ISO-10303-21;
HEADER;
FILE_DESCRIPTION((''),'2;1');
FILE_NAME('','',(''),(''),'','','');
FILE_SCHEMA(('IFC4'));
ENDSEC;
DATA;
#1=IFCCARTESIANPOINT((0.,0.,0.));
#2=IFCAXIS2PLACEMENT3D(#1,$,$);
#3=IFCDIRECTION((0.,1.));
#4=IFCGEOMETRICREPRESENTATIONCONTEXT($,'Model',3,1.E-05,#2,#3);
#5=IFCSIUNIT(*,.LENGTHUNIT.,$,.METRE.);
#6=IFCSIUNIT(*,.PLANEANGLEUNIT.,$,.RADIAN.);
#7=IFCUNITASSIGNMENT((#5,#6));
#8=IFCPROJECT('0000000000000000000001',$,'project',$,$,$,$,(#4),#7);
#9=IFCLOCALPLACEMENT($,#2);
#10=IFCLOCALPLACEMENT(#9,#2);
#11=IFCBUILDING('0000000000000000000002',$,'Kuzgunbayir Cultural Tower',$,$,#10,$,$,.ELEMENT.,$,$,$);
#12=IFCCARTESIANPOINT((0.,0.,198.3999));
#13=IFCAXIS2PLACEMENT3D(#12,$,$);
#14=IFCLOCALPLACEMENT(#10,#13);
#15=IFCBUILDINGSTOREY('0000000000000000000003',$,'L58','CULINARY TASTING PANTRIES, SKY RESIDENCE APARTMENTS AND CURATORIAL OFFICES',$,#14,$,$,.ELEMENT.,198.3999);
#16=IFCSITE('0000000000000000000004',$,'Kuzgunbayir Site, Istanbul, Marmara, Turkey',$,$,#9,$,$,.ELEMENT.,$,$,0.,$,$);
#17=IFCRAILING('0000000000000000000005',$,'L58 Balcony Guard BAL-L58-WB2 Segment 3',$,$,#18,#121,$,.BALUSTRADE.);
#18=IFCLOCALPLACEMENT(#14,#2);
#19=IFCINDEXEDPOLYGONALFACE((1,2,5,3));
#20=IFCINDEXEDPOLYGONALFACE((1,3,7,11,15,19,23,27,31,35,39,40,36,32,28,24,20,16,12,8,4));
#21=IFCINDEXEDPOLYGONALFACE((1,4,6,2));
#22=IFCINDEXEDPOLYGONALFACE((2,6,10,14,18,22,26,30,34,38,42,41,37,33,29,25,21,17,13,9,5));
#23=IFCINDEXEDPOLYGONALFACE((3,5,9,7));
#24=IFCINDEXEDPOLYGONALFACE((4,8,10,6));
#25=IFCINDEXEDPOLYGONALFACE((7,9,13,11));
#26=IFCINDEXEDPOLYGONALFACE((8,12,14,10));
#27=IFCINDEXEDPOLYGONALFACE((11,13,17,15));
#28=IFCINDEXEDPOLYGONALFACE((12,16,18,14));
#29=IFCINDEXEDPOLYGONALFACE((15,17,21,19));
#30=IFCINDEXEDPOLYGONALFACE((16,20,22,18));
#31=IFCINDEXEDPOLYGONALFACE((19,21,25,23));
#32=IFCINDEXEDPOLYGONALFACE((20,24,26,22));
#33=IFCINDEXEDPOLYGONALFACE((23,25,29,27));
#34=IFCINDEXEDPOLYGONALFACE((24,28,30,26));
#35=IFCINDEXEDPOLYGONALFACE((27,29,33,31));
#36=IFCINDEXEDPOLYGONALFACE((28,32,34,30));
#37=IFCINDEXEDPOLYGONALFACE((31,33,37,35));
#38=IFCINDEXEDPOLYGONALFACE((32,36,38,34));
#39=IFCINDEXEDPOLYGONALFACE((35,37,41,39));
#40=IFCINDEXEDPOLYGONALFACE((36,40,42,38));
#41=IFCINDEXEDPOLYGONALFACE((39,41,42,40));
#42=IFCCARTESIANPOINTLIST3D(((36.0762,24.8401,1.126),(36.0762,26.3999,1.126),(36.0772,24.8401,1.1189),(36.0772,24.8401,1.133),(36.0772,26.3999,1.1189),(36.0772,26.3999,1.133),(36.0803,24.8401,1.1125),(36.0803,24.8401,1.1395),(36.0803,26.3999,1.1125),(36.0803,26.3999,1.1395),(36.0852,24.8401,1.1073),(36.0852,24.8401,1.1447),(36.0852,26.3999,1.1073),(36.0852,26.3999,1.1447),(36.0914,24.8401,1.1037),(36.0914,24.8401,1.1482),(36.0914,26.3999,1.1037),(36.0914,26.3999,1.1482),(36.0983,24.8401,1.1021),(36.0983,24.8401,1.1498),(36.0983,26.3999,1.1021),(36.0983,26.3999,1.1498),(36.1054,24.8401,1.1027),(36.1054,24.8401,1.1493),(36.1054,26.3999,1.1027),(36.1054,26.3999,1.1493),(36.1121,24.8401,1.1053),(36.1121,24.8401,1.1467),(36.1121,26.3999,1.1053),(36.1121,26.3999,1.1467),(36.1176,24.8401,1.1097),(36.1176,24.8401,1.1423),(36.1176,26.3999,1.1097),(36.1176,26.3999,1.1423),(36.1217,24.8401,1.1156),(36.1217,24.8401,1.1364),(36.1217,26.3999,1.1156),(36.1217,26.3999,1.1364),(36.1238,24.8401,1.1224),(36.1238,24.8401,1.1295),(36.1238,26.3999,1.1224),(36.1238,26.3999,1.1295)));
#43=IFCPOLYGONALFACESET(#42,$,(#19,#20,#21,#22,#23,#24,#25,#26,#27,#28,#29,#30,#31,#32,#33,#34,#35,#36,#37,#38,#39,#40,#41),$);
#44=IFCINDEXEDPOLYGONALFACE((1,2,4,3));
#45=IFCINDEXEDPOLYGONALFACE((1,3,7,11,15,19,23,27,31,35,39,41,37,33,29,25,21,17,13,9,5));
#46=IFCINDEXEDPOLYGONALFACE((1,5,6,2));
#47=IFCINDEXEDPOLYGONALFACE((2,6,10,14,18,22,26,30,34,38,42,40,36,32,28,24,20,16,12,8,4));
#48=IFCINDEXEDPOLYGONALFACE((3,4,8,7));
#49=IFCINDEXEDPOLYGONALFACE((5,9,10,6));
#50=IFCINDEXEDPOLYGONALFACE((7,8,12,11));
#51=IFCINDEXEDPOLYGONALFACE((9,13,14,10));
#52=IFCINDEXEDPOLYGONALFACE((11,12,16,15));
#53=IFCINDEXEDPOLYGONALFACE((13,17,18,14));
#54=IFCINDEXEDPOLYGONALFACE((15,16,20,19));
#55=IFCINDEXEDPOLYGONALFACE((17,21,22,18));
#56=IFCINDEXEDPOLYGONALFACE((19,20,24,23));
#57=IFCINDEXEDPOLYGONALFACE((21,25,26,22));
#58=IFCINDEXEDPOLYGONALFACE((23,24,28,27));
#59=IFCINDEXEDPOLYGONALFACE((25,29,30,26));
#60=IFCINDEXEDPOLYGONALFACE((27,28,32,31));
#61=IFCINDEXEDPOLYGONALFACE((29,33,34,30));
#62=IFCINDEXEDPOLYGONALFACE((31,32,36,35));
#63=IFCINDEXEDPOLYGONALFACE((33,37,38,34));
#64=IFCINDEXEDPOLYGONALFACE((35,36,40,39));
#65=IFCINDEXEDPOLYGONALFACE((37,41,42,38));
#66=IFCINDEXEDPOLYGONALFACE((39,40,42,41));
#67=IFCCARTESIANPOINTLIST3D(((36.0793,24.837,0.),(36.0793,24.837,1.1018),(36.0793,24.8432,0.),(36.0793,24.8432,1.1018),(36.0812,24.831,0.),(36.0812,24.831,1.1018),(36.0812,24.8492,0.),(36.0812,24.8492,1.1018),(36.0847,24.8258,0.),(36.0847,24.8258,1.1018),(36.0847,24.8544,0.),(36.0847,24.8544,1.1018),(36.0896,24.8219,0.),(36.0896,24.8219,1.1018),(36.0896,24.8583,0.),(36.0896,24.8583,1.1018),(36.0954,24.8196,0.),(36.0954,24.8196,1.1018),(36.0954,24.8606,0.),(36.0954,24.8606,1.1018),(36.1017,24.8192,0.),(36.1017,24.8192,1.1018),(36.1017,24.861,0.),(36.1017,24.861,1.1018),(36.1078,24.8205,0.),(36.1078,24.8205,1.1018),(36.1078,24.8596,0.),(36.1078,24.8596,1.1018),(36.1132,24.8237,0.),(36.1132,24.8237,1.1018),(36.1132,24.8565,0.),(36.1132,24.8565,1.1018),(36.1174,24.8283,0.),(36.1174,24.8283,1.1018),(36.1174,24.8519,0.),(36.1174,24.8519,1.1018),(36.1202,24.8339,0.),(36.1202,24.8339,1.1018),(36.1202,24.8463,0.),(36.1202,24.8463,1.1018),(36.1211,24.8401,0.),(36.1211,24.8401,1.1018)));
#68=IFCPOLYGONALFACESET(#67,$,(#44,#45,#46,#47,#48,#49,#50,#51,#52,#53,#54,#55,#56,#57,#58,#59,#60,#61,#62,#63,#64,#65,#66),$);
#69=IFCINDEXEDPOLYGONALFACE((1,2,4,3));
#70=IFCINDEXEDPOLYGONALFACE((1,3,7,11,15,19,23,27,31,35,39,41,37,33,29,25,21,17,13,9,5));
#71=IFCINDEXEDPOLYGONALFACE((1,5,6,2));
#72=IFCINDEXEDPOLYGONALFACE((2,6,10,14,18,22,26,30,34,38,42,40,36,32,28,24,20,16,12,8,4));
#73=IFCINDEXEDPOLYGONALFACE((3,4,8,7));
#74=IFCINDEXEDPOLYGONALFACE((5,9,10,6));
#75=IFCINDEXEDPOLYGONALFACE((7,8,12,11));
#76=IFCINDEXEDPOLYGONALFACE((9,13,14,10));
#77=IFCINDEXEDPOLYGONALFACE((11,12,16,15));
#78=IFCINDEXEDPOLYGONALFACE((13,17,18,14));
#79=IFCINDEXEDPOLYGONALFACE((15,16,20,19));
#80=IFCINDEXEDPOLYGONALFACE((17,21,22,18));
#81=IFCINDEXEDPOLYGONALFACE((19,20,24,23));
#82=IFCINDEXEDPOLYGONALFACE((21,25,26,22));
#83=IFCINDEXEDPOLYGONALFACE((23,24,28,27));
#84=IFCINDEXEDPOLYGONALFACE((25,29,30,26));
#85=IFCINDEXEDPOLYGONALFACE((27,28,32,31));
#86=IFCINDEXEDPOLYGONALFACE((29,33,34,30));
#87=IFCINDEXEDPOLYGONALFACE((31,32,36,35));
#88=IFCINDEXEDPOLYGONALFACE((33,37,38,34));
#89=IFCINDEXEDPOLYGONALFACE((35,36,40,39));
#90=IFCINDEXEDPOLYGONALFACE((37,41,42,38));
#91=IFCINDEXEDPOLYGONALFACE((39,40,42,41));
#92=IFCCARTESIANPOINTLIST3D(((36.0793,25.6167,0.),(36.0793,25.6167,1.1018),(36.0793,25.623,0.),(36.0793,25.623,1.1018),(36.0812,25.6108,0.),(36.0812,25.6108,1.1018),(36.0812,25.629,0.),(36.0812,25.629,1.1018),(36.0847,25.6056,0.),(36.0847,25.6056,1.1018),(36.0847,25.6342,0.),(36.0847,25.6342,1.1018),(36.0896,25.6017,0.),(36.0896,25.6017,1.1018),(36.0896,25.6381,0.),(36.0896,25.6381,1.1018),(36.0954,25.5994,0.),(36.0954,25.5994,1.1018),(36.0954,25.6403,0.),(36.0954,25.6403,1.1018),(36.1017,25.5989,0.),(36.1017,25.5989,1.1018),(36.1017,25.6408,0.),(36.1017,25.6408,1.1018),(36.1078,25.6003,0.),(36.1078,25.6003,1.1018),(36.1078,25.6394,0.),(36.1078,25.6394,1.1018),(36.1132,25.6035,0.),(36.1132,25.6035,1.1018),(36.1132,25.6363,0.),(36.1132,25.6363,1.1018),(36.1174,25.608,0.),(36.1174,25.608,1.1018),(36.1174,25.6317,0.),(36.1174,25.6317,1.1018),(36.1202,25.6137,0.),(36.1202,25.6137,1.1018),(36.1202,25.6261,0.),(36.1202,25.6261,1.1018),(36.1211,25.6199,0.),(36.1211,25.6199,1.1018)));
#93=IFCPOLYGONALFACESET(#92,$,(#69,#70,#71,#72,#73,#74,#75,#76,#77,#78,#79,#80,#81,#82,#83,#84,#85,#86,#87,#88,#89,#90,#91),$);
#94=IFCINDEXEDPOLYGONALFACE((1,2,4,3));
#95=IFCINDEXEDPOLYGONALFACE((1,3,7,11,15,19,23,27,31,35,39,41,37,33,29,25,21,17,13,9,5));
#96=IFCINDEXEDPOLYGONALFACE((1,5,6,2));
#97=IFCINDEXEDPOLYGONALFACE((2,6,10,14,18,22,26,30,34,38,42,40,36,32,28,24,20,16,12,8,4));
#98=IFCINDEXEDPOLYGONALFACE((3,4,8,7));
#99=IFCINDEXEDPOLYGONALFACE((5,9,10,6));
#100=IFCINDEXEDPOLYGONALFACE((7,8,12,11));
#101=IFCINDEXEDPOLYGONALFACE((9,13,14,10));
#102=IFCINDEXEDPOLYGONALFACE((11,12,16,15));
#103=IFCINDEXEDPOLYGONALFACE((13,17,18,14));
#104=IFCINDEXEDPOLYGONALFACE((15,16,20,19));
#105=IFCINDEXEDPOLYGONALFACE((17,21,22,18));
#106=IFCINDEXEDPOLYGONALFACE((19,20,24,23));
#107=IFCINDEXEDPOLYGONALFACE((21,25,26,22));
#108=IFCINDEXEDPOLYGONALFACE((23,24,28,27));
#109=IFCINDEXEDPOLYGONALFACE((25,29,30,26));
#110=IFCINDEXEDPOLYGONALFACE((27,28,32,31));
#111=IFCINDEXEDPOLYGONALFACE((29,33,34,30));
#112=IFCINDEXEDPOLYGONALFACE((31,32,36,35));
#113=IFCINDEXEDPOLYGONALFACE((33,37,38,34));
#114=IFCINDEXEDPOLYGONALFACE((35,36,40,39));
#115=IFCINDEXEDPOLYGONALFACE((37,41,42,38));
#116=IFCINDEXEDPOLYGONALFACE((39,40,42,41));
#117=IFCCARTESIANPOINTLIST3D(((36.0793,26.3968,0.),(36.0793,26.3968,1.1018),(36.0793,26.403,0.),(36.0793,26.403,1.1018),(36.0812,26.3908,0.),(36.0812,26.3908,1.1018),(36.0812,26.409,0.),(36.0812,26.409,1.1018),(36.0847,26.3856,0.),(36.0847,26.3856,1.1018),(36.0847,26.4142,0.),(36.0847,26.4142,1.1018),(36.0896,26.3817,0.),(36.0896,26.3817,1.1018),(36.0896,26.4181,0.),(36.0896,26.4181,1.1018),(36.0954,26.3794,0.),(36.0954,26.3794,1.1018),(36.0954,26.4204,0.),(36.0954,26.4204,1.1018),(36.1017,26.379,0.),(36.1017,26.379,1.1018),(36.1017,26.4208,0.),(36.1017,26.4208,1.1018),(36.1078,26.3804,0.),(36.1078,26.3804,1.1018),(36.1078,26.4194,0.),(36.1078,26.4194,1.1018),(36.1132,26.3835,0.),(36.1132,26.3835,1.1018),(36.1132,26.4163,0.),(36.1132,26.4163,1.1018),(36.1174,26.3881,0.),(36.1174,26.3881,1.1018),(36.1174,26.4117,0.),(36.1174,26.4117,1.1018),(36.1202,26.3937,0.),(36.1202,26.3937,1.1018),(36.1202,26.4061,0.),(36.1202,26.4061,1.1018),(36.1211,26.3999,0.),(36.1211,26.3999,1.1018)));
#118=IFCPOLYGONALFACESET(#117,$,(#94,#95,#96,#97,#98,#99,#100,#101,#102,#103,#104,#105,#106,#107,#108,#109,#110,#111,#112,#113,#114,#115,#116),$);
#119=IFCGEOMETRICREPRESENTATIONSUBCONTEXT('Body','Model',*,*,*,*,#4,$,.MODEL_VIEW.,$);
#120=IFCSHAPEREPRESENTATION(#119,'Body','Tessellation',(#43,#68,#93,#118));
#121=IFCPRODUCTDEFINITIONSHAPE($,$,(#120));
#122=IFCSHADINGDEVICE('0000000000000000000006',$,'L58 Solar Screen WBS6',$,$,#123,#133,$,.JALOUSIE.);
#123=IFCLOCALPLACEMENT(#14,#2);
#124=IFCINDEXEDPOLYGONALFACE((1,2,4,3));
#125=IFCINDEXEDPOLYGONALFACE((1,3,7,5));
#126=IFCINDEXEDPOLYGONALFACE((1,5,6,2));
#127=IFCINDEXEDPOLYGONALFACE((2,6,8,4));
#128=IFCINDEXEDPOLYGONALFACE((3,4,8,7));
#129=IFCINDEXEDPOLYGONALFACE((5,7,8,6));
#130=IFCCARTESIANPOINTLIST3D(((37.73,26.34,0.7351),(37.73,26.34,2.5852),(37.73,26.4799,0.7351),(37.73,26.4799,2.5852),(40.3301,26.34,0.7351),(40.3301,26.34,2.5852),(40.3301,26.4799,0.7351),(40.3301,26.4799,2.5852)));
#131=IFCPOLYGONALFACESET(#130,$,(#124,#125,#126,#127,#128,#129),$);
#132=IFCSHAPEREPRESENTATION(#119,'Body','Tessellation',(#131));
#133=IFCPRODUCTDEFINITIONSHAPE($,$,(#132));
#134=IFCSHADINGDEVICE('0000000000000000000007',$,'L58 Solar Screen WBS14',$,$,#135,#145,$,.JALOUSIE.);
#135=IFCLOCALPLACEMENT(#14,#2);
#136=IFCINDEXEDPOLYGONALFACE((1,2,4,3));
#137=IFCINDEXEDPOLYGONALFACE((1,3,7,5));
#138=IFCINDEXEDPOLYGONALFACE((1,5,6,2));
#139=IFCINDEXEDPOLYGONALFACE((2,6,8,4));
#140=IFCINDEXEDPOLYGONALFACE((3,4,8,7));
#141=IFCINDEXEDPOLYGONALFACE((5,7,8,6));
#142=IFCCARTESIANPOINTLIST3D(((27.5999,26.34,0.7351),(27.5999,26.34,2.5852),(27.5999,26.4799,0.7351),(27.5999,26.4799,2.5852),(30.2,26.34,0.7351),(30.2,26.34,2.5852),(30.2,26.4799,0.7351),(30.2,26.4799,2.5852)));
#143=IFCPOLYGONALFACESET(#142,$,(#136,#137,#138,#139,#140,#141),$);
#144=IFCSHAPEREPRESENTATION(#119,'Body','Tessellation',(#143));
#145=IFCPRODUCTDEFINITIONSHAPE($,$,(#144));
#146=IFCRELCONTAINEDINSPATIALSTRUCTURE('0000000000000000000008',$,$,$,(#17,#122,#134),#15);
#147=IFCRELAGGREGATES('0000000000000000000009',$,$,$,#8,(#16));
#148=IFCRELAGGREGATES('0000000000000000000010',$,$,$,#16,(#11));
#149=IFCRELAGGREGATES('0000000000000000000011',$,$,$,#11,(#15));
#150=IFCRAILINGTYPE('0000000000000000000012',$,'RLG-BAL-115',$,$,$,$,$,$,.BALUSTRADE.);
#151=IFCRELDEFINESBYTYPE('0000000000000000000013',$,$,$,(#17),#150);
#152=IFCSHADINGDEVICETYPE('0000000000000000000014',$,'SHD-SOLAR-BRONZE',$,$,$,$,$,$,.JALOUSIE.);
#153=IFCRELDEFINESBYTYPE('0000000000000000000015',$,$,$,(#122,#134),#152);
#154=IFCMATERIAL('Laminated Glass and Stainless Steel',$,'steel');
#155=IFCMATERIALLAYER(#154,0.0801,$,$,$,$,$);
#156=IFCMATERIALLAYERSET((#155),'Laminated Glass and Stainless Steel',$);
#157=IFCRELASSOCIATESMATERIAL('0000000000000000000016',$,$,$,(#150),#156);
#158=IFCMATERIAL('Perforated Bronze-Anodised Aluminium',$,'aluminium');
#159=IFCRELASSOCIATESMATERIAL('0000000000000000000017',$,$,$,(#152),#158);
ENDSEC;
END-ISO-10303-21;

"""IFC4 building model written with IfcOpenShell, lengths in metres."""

from ifc_helpers import new_model, si_unit, direction, frame, origin, origin_2d, place, context, subcontext, project, spatial, rectangle, circle, extrude, material, layer, layer_set, type_object, element, save


model = new_model("IFC4")

# Units and contexts
model_context = context("Model", 3, precision=1e-05, world=origin(), true_north=direction((0.0, 1.0)))
body_context = subcontext(model_context, "Body", "Model", "MODEL_VIEW")
ifc_project = project(units=[si_unit("LENGTHUNIT", "METRE"), si_unit("PLANEANGLEUNIT", "RADIAN")], contexts=[model_context])

# Site, building, storey
site_placement = place(None, origin())
site = spatial("IfcSite", under=ifc_project, at=site_placement, Name="Kuzgunbayir Site, Istanbul, Marmara, Turkey", CompositionType="ELEMENT", RefElevation=0.0)
building_placement = place(site_placement, origin())
building = spatial("IfcBuilding", under=site, at=building_placement, Name="Kuzgunbayir Cultural Tower", CompositionType="ELEMENT")
storey_placement = place(building_placement, frame((0.0, 0.0, 198.3999)))
storey = spatial("IfcBuildingStorey", under=building, at=storey_placement, Name="L58", Description="CULINARY TASTING PANTRIES, SKY RESIDENCE APARTMENTS AND CURATORIAL OFFICES", CompositionType="ELEMENT", Elevation=198.3999)

# Railing
ifc_material_1 = material(Name="Laminated Glass and Stainless Steel", Category="steel")
ifc_layer_1 = layer(ifc_material_1, 0.0801)
ifc_layer_set_1 = layer_set([ifc_layer_1], Name="Laminated Glass and Stainless Steel")
railing_type = type_object("IfcRailingType", Name="RLG-BAL-115", PredefinedType="BALUSTRADE", material=ifc_layer_set_1)
railing_1_placement = place(storey_placement, frame((36.1001, 24.8401, 0.0)))
element("IfcRailing", 1, at=railing_1_placement, inside=storey, type_object=railing_type, Name="L58 Balcony Guard BAL-L58-WB2 Segment 3", PredefinedType="BALUSTRADE", context=body_context, shape_type="SweptSolid", body=[
    extrude(circle(Radius=0.0239, at=origin_2d()), frame((0.0, 0.0, 1.126), z_axis=(0.0, 1.0, 0.0), x_axis=(-1.0, 0.0, 0.0)), (0.0, 0.0, 1.0), 1.5598),
    extrude(circle(Radius=0.021, at=origin_2d()), origin(), (0.0, 0.0, 1.0), 1.1018),
    extrude(circle(Radius=0.021, at=origin_2d()), frame((0.0, 0.7798, 0.0)), (0.0, 0.0, 1.0), 1.1018),
    extrude(circle(Radius=0.021, at=origin_2d()), frame((0.0, 1.5598, 0.0)), (0.0, 0.0, 1.0), 1.1018),
])

# Shading devices
ifc_material_2 = material(Name="Perforated Bronze-Anodised Aluminium", Category="aluminium")
shading_device_type = type_object("IfcShadingDeviceType", Name="SHD-SOLAR-BRONZE", PredefinedType="JALOUSIE", material=ifc_material_2)
for number, where, z_axis, x_axis, name in (
    (2, (39.03, 26.4099, 0.7351), (0.0, 0.0, 1.0), (1.0, 0.0, 0.0), "L58 Solar Screen WBS6"),
    (3, (28.8999, 26.4099, 0.7351), (0.0, 0.0, 1.0), (1.0, 0.0, 0.0), "L58 Solar Screen WBS14"),
):
    element("IfcShadingDevice", number, at=place(storey_placement, frame(where, z_axis=z_axis, x_axis=x_axis)), inside=storey, type_object=shading_device_type, Name=name, PredefinedType="JALOUSIE", context=body_context, shape_type="SweptSolid", body=[
        extrude(rectangle(XDim=2.6001, YDim=0.1399, at=origin_2d()), origin(), (0.0, 0.0, 1.0), 1.8501),
    ])

save(model, "model.ifc")
